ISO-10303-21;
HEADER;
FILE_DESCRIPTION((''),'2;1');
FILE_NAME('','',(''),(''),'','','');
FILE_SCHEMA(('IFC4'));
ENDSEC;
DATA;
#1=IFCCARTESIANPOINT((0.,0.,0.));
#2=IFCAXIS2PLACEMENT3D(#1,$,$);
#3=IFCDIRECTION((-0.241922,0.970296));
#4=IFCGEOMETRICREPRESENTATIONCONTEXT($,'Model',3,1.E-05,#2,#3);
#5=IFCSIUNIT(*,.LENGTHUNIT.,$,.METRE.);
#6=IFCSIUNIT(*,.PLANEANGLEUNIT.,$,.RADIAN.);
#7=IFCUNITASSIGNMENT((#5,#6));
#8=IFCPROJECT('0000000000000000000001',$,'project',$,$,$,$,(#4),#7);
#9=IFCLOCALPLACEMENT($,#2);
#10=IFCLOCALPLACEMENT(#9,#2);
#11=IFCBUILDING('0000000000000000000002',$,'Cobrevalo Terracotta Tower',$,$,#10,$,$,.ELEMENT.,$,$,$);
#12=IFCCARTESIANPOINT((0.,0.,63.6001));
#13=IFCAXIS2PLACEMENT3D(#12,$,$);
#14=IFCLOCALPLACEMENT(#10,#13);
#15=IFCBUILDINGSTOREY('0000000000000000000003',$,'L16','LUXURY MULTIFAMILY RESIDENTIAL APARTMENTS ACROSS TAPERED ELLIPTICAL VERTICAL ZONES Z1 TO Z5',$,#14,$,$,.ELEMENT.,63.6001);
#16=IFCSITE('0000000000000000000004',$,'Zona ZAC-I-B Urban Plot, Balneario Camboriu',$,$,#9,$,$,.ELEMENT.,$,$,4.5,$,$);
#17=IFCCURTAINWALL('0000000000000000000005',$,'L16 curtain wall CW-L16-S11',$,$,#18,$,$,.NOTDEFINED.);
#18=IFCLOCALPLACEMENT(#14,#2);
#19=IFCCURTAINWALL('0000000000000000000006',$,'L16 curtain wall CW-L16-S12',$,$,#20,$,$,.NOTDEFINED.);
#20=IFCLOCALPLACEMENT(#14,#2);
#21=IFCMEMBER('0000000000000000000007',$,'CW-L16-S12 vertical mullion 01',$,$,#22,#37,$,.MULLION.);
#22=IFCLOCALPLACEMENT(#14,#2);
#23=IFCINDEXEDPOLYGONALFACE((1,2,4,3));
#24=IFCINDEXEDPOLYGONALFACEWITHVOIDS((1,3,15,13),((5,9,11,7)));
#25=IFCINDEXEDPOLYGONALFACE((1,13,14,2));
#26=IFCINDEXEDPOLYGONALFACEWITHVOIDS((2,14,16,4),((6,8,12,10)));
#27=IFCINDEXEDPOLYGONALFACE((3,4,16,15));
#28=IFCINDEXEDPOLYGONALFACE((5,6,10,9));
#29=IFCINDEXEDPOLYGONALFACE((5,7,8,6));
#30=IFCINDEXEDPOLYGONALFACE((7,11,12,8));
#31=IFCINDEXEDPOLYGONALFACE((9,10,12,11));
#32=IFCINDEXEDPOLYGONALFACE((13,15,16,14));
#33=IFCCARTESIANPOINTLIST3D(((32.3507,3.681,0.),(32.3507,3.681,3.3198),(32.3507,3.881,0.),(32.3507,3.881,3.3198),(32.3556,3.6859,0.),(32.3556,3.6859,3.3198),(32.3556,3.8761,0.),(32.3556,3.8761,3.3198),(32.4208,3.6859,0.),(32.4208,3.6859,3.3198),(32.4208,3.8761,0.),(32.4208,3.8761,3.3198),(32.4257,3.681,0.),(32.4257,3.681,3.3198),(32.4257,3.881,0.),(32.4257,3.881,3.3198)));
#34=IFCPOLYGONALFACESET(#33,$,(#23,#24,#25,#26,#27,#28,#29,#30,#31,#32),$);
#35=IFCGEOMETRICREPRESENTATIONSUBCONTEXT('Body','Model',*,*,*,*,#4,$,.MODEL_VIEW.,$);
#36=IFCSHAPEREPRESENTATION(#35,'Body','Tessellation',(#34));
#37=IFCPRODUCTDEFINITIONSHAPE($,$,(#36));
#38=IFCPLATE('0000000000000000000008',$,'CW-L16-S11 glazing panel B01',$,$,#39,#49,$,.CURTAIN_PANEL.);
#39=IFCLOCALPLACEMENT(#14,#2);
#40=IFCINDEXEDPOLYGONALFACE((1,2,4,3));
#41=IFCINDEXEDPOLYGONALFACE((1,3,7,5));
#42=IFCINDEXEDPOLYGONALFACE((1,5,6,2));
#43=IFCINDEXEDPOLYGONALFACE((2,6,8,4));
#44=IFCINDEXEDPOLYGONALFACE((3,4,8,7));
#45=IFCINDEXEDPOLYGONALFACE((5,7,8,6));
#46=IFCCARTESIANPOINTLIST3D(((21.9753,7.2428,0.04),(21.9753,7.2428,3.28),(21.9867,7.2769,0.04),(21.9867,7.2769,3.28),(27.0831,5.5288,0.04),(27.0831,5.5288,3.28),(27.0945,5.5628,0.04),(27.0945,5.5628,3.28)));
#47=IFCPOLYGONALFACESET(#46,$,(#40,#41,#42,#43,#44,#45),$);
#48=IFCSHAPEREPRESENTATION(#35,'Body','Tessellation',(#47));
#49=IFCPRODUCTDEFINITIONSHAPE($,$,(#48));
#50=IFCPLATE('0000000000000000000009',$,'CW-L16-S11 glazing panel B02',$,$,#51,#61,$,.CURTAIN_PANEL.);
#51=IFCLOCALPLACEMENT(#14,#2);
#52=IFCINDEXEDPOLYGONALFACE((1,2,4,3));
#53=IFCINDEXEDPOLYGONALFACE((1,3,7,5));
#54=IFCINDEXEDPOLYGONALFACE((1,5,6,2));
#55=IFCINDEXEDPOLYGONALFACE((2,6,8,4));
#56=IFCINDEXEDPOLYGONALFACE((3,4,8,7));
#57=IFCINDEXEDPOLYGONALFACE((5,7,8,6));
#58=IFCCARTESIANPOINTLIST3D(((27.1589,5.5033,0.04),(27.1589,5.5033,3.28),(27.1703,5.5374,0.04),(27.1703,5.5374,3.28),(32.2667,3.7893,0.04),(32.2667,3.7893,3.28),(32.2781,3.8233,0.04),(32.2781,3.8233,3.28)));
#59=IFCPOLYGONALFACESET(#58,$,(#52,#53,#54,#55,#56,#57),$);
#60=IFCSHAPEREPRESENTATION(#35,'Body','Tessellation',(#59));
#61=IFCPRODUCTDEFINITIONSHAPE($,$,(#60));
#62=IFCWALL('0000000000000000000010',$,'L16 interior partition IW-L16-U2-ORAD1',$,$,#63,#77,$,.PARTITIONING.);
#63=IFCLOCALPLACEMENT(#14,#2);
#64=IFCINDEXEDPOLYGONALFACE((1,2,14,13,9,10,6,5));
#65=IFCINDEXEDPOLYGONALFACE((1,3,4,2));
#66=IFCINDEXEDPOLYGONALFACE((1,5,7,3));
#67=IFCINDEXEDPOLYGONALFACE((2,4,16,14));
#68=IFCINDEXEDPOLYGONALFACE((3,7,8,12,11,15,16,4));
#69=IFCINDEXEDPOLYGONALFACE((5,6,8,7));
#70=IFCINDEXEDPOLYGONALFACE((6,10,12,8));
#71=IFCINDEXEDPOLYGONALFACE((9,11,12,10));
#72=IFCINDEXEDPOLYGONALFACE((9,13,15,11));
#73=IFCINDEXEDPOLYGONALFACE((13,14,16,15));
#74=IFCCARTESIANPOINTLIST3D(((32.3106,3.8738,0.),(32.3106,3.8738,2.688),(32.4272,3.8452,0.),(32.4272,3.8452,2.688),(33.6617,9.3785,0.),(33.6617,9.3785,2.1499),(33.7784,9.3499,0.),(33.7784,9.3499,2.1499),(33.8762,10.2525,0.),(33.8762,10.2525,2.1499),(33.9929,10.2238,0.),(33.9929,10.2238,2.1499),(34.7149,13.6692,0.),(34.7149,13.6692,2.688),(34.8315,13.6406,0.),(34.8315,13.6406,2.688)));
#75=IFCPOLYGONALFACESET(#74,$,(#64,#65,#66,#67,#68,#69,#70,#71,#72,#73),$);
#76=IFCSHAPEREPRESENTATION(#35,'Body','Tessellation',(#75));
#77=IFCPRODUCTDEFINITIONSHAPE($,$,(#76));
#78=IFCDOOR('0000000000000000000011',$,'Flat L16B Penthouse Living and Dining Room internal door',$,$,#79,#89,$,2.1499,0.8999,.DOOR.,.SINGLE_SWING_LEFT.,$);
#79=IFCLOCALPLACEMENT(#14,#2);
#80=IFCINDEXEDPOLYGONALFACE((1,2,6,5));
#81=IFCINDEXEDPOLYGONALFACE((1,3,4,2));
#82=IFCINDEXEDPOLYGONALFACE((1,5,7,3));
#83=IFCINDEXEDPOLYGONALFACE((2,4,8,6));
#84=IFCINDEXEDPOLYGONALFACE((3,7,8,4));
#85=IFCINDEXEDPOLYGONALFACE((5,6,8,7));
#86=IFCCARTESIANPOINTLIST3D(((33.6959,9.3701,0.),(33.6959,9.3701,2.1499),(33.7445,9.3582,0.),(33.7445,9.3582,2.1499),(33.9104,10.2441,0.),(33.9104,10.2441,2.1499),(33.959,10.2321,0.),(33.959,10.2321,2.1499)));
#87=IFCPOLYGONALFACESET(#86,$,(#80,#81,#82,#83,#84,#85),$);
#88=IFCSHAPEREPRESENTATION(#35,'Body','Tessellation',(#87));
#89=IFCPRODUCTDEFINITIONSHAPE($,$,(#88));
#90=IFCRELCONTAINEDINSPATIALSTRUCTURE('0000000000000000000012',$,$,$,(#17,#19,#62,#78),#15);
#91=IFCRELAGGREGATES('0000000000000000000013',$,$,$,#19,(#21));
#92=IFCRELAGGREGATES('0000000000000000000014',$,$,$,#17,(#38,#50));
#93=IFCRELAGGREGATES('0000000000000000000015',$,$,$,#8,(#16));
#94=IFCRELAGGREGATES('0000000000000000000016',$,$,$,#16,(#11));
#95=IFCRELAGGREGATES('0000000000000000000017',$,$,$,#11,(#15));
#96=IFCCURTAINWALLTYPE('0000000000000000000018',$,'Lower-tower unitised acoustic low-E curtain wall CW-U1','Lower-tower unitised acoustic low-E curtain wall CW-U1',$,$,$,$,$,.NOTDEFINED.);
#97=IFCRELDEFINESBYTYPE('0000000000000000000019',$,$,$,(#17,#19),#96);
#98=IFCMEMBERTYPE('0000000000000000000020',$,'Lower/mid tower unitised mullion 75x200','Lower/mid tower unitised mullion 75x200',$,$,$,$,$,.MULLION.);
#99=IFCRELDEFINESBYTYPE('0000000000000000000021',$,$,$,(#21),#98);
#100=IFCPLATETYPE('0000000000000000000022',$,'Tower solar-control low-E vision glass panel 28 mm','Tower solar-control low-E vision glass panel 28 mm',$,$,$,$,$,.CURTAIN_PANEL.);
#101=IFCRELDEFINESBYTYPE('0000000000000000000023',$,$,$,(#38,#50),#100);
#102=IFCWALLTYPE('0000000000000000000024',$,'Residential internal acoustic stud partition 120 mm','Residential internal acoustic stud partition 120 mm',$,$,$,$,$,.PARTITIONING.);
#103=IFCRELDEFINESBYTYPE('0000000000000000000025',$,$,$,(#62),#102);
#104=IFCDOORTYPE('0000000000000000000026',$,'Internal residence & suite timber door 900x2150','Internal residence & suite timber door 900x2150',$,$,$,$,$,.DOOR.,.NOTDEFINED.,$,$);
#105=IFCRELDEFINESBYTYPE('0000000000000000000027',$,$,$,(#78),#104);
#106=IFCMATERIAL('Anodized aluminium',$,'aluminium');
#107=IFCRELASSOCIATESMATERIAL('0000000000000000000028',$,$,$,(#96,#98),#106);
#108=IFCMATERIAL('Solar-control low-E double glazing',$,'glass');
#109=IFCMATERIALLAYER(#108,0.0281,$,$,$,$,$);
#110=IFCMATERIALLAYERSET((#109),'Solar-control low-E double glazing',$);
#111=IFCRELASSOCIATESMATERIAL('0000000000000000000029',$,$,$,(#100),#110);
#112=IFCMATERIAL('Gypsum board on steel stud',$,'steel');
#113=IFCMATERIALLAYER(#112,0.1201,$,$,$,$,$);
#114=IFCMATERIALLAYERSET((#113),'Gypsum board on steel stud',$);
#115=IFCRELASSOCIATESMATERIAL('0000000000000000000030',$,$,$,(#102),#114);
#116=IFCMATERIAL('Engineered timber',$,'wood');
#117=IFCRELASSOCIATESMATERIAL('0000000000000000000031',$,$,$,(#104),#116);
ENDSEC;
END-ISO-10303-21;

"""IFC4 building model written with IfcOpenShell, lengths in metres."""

from ifc_helpers import new_model, si_unit, direction, frame, frame_2d, origin, origin_2d, place, context, subcontext, project, spatial, rectangle, hollow_rectangle, extrude, source, transform, mapped, material, layer, layer_set, material_profile, profile_set, type_object, element, fill, aggregate, save


model = new_model("IFC4")

# Units and contexts
model_context = context("Model", 3, precision=1e-05, world=origin(), true_north=direction((-0.241922, 0.970296)))
body_context = subcontext(model_context, "Body", "Model", "MODEL_VIEW")
ifc_project = project(units=[si_unit("LENGTHUNIT", "METRE"), si_unit("PLANEANGLEUNIT", "RADIAN")], contexts=[model_context])

# Site, building, storey
site_placement = place(None, origin())
site = spatial("IfcSite", under=ifc_project, at=site_placement, Name="Zona ZAC-I-B Urban Plot, Balneario Camboriu", CompositionType="ELEMENT", RefElevation=4.5)
building_placement = place(site_placement, origin())
building = spatial("IfcBuilding", under=site, at=building_placement, Name="Cobrevalo Terracotta Tower", CompositionType="ELEMENT")
storey_placement = place(building_placement, frame((0.0, 0.0, 63.6001)))
storey = spatial("IfcBuildingStorey", under=building, at=storey_placement, Name="L16", Description="LUXURY MULTIFAMILY RESIDENTIAL APARTMENTS ACROSS TAPERED ELLIPTICAL VERTICAL ZONES Z1 TO Z5", CompositionType="ELEMENT", Elevation=63.6001)

# Curtain walls
ifc_material_1 = material(Name="Anodized aluminium", Category="aluminium")
curtain_wall_type = type_object("IfcCurtainWallType", Name="Lower-tower unitised acoustic low-E curtain wall CW-U1", Description="Lower-tower unitised acoustic low-E curtain wall CW-U1", PredefinedType="NOTDEFINED", material=ifc_material_1)
curtain_wall_1_placement = place(storey_placement, origin())
curtain_wall_1 = element("IfcCurtainWall", 1, at=curtain_wall_1_placement, inside=storey, type_object=curtain_wall_type, Name="L16 curtain wall CW-L16-S11", PredefinedType="NOTDEFINED")
curtain_wall_2_placement = place(storey_placement, origin())
curtain_wall_2 = element("IfcCurtainWall", 2, at=curtain_wall_2_placement, inside=storey, type_object=curtain_wall_type, Name="L16 curtain wall CW-L16-S12", PredefinedType="NOTDEFINED")

# Member
ifc_material_profile_1 = material_profile(ifc_material_1, hollow_rectangle(XDim=0.075, YDim=0.2, WallThickness=0.0049, at=origin_2d()), Name="CWM 75x200")
ifc_profile_set_1 = profile_set([ifc_material_profile_1], Name="Anodized aluminium")
member_type_1 = type_object("IfcMemberType", Name="Lower/mid tower unitised mullion 75x200", Description="Lower/mid tower unitised mullion 75x200", PredefinedType="MULLION", material=ifc_profile_set_1)
shared_shape_1 = source(origin(), body_context, "Body", "SweptSolid", [
    extrude(hollow_rectangle(XDim=0.075, YDim=0.2, WallThickness=0.0049, at=origin_2d()), origin(), (0.0, 0.0, 1.0), 3.3198),
])
member_1_placement = place(storey_placement, frame((32.3882, 3.781, 0.0), z_axis=(0.0, 0.0, 1.0), x_axis=(1.0, 0.0, 0.0)))
member_1 = element("IfcMember", 3, at=member_1_placement, type_object=member_type_1, Name="CW-L16-S12 vertical mullion 01", PredefinedType="MULLION", context=body_context, shape_type="MappedRepresentation", body=[
    mapped(shared_shape_1, transform((0.0, 0.0, 0.0), scale=1.0)),
])
aggregate(curtain_wall_2, [member_1])

# Plates
ifc_material_2 = material(Name="Solar-control low-E double glazing", Category="glass")
ifc_layer_1 = layer(ifc_material_2, 0.0281)
ifc_layer_set_1 = layer_set([ifc_layer_1], Name="Solar-control low-E double glazing")
plate_type = type_object("IfcPlateType", Name="Tower solar-control low-E vision glass panel 28 mm", Description="Tower solar-control low-E vision glass panel 28 mm", PredefinedType="CURTAIN_PANEL", material=ifc_layer_set_1)
shared_shape_2 = source(origin(), body_context, "Body", "SweptSolid", [
    extrude(rectangle(XDim=5.3877, YDim=0.0359, at=origin_2d()), origin(), (0.0, 0.0, 1.0), 3.24),
])
plate_1_placement = place(storey_placement, frame((24.5349, 6.4028, 0.04), z_axis=(0.0, 0.0, 1.0), x_axis=(0.948044, -0.318139, 0.0)))
plate_1 = element("IfcPlate", 4, at=plate_1_placement, type_object=plate_type, Name="CW-L16-S11 glazing panel B01", PredefinedType="CURTAIN_PANEL", context=body_context, shape_type="MappedRepresentation", body=[
    mapped(shared_shape_2, transform((0.0, 0.0, 0.0), scale=1.0)),
])
plate_2_placement = place(storey_placement, frame((29.7185, 4.6633, 0.04), z_axis=(0.0, 0.0, 1.0), x_axis=(0.948044, -0.318139, 0.0)))
plate_2 = element("IfcPlate", 5, at=plate_2_placement, type_object=plate_type, Name="CW-L16-S11 glazing panel B02", PredefinedType="CURTAIN_PANEL", context=body_context, shape_type="MappedRepresentation", body=[
    mapped(shared_shape_2, transform((0.0, 0.0, 0.0), scale=1.0)),
])
aggregate(curtain_wall_1, [plate_1, plate_2])

# Wall, opening, door
ifc_material_3 = material(Name="Gypsum board on steel stud", Category="steel")
ifc_layer_2 = layer(ifc_material_3, 0.1201)
ifc_layer_set_2 = layer_set([ifc_layer_2], Name="Gypsum board on steel stud")
wall_type = type_object("IfcWallType", Name="Residential internal acoustic stud partition 120 mm", Description="Residential internal acoustic stud partition 120 mm", PredefinedType="PARTITIONING", material=ifc_layer_set_2)
wall_placement = place(storey_placement, frame((34.7732, 13.6548, 0.0), z_axis=(0.0, 0.0, 1.0), x_axis=(-0.238376, -0.971173, 0.0)))
wall = element("IfcWall", 6, at=wall_placement, inside=storey, type_object=wall_type, Name="L16 interior partition IW-L16-U2-ORAD1", PredefinedType="PARTITIONING", context=body_context, shape_type="SweptSolid", body=[
    extrude(rectangle(XDim=10.0862, YDim=0.1201, at=frame_2d((5.043, 0.0))), origin(), (0.0, 0.0, 1.0), 2.688),
])
opening_placement = place(wall_placement, frame((3.5181, 0.0, 0.0)))
opening = element("IfcOpeningElement", 7, at=opening_placement, cuts=wall, PredefinedType="OPENING", context=body_context, shape_type="SweptSolid", body=[
    extrude(rectangle(XDim=0.8999, YDim=2.1499, at=frame_2d((0.45, 1.075))), frame((0.0, 0.0701, 0.0), z_axis=(0.0, -1.0, 0.0), x_axis=(1.0, 0.0, 0.0)), (0.0, 0.0, 1.0), 0.1401),
])
ifc_material_4 = material(Name="Engineered timber", Category="wood")
door_type = type_object("IfcDoorType", Name="Internal residence & suite timber door 900x2150", Description="Internal residence & suite timber door 900x2150", OperationType="NOTDEFINED", PredefinedType="DOOR", material=ifc_material_4)
shared_shape_3 = source(origin(), body_context, "Body", "SweptSolid", [
    extrude(rectangle(XDim=0.8999, YDim=2.1499, at=frame_2d((0.45, 1.075))), frame((0.0, 0.0249, 0.0), z_axis=(0.0, -1.0, 0.0), x_axis=(1.0, 0.0, 0.0)), (0.0, 0.0, 1.0), 0.05),
])
door_placement = place(opening_placement, frame((0.8999, 0.0, 0.0), z_axis=(0.0, 0.0, 1.0), x_axis=(-1.0, 0.0, 0.0)))
door = element("IfcDoor", 8, at=door_placement, inside=storey, type_object=door_type, Name="Flat L16B Penthouse Living and Dining Room internal door", OperationType="SINGLE_SWING_LEFT", OverallHeight=2.1499, OverallWidth=0.8999, PredefinedType="DOOR", context=body_context, shape_type="MappedRepresentation", body=[
    mapped(shared_shape_3, transform((0.0, 0.0, 0.0), scale=1.0)),
])
fill(opening, door)

save(model, "model.ifc")
